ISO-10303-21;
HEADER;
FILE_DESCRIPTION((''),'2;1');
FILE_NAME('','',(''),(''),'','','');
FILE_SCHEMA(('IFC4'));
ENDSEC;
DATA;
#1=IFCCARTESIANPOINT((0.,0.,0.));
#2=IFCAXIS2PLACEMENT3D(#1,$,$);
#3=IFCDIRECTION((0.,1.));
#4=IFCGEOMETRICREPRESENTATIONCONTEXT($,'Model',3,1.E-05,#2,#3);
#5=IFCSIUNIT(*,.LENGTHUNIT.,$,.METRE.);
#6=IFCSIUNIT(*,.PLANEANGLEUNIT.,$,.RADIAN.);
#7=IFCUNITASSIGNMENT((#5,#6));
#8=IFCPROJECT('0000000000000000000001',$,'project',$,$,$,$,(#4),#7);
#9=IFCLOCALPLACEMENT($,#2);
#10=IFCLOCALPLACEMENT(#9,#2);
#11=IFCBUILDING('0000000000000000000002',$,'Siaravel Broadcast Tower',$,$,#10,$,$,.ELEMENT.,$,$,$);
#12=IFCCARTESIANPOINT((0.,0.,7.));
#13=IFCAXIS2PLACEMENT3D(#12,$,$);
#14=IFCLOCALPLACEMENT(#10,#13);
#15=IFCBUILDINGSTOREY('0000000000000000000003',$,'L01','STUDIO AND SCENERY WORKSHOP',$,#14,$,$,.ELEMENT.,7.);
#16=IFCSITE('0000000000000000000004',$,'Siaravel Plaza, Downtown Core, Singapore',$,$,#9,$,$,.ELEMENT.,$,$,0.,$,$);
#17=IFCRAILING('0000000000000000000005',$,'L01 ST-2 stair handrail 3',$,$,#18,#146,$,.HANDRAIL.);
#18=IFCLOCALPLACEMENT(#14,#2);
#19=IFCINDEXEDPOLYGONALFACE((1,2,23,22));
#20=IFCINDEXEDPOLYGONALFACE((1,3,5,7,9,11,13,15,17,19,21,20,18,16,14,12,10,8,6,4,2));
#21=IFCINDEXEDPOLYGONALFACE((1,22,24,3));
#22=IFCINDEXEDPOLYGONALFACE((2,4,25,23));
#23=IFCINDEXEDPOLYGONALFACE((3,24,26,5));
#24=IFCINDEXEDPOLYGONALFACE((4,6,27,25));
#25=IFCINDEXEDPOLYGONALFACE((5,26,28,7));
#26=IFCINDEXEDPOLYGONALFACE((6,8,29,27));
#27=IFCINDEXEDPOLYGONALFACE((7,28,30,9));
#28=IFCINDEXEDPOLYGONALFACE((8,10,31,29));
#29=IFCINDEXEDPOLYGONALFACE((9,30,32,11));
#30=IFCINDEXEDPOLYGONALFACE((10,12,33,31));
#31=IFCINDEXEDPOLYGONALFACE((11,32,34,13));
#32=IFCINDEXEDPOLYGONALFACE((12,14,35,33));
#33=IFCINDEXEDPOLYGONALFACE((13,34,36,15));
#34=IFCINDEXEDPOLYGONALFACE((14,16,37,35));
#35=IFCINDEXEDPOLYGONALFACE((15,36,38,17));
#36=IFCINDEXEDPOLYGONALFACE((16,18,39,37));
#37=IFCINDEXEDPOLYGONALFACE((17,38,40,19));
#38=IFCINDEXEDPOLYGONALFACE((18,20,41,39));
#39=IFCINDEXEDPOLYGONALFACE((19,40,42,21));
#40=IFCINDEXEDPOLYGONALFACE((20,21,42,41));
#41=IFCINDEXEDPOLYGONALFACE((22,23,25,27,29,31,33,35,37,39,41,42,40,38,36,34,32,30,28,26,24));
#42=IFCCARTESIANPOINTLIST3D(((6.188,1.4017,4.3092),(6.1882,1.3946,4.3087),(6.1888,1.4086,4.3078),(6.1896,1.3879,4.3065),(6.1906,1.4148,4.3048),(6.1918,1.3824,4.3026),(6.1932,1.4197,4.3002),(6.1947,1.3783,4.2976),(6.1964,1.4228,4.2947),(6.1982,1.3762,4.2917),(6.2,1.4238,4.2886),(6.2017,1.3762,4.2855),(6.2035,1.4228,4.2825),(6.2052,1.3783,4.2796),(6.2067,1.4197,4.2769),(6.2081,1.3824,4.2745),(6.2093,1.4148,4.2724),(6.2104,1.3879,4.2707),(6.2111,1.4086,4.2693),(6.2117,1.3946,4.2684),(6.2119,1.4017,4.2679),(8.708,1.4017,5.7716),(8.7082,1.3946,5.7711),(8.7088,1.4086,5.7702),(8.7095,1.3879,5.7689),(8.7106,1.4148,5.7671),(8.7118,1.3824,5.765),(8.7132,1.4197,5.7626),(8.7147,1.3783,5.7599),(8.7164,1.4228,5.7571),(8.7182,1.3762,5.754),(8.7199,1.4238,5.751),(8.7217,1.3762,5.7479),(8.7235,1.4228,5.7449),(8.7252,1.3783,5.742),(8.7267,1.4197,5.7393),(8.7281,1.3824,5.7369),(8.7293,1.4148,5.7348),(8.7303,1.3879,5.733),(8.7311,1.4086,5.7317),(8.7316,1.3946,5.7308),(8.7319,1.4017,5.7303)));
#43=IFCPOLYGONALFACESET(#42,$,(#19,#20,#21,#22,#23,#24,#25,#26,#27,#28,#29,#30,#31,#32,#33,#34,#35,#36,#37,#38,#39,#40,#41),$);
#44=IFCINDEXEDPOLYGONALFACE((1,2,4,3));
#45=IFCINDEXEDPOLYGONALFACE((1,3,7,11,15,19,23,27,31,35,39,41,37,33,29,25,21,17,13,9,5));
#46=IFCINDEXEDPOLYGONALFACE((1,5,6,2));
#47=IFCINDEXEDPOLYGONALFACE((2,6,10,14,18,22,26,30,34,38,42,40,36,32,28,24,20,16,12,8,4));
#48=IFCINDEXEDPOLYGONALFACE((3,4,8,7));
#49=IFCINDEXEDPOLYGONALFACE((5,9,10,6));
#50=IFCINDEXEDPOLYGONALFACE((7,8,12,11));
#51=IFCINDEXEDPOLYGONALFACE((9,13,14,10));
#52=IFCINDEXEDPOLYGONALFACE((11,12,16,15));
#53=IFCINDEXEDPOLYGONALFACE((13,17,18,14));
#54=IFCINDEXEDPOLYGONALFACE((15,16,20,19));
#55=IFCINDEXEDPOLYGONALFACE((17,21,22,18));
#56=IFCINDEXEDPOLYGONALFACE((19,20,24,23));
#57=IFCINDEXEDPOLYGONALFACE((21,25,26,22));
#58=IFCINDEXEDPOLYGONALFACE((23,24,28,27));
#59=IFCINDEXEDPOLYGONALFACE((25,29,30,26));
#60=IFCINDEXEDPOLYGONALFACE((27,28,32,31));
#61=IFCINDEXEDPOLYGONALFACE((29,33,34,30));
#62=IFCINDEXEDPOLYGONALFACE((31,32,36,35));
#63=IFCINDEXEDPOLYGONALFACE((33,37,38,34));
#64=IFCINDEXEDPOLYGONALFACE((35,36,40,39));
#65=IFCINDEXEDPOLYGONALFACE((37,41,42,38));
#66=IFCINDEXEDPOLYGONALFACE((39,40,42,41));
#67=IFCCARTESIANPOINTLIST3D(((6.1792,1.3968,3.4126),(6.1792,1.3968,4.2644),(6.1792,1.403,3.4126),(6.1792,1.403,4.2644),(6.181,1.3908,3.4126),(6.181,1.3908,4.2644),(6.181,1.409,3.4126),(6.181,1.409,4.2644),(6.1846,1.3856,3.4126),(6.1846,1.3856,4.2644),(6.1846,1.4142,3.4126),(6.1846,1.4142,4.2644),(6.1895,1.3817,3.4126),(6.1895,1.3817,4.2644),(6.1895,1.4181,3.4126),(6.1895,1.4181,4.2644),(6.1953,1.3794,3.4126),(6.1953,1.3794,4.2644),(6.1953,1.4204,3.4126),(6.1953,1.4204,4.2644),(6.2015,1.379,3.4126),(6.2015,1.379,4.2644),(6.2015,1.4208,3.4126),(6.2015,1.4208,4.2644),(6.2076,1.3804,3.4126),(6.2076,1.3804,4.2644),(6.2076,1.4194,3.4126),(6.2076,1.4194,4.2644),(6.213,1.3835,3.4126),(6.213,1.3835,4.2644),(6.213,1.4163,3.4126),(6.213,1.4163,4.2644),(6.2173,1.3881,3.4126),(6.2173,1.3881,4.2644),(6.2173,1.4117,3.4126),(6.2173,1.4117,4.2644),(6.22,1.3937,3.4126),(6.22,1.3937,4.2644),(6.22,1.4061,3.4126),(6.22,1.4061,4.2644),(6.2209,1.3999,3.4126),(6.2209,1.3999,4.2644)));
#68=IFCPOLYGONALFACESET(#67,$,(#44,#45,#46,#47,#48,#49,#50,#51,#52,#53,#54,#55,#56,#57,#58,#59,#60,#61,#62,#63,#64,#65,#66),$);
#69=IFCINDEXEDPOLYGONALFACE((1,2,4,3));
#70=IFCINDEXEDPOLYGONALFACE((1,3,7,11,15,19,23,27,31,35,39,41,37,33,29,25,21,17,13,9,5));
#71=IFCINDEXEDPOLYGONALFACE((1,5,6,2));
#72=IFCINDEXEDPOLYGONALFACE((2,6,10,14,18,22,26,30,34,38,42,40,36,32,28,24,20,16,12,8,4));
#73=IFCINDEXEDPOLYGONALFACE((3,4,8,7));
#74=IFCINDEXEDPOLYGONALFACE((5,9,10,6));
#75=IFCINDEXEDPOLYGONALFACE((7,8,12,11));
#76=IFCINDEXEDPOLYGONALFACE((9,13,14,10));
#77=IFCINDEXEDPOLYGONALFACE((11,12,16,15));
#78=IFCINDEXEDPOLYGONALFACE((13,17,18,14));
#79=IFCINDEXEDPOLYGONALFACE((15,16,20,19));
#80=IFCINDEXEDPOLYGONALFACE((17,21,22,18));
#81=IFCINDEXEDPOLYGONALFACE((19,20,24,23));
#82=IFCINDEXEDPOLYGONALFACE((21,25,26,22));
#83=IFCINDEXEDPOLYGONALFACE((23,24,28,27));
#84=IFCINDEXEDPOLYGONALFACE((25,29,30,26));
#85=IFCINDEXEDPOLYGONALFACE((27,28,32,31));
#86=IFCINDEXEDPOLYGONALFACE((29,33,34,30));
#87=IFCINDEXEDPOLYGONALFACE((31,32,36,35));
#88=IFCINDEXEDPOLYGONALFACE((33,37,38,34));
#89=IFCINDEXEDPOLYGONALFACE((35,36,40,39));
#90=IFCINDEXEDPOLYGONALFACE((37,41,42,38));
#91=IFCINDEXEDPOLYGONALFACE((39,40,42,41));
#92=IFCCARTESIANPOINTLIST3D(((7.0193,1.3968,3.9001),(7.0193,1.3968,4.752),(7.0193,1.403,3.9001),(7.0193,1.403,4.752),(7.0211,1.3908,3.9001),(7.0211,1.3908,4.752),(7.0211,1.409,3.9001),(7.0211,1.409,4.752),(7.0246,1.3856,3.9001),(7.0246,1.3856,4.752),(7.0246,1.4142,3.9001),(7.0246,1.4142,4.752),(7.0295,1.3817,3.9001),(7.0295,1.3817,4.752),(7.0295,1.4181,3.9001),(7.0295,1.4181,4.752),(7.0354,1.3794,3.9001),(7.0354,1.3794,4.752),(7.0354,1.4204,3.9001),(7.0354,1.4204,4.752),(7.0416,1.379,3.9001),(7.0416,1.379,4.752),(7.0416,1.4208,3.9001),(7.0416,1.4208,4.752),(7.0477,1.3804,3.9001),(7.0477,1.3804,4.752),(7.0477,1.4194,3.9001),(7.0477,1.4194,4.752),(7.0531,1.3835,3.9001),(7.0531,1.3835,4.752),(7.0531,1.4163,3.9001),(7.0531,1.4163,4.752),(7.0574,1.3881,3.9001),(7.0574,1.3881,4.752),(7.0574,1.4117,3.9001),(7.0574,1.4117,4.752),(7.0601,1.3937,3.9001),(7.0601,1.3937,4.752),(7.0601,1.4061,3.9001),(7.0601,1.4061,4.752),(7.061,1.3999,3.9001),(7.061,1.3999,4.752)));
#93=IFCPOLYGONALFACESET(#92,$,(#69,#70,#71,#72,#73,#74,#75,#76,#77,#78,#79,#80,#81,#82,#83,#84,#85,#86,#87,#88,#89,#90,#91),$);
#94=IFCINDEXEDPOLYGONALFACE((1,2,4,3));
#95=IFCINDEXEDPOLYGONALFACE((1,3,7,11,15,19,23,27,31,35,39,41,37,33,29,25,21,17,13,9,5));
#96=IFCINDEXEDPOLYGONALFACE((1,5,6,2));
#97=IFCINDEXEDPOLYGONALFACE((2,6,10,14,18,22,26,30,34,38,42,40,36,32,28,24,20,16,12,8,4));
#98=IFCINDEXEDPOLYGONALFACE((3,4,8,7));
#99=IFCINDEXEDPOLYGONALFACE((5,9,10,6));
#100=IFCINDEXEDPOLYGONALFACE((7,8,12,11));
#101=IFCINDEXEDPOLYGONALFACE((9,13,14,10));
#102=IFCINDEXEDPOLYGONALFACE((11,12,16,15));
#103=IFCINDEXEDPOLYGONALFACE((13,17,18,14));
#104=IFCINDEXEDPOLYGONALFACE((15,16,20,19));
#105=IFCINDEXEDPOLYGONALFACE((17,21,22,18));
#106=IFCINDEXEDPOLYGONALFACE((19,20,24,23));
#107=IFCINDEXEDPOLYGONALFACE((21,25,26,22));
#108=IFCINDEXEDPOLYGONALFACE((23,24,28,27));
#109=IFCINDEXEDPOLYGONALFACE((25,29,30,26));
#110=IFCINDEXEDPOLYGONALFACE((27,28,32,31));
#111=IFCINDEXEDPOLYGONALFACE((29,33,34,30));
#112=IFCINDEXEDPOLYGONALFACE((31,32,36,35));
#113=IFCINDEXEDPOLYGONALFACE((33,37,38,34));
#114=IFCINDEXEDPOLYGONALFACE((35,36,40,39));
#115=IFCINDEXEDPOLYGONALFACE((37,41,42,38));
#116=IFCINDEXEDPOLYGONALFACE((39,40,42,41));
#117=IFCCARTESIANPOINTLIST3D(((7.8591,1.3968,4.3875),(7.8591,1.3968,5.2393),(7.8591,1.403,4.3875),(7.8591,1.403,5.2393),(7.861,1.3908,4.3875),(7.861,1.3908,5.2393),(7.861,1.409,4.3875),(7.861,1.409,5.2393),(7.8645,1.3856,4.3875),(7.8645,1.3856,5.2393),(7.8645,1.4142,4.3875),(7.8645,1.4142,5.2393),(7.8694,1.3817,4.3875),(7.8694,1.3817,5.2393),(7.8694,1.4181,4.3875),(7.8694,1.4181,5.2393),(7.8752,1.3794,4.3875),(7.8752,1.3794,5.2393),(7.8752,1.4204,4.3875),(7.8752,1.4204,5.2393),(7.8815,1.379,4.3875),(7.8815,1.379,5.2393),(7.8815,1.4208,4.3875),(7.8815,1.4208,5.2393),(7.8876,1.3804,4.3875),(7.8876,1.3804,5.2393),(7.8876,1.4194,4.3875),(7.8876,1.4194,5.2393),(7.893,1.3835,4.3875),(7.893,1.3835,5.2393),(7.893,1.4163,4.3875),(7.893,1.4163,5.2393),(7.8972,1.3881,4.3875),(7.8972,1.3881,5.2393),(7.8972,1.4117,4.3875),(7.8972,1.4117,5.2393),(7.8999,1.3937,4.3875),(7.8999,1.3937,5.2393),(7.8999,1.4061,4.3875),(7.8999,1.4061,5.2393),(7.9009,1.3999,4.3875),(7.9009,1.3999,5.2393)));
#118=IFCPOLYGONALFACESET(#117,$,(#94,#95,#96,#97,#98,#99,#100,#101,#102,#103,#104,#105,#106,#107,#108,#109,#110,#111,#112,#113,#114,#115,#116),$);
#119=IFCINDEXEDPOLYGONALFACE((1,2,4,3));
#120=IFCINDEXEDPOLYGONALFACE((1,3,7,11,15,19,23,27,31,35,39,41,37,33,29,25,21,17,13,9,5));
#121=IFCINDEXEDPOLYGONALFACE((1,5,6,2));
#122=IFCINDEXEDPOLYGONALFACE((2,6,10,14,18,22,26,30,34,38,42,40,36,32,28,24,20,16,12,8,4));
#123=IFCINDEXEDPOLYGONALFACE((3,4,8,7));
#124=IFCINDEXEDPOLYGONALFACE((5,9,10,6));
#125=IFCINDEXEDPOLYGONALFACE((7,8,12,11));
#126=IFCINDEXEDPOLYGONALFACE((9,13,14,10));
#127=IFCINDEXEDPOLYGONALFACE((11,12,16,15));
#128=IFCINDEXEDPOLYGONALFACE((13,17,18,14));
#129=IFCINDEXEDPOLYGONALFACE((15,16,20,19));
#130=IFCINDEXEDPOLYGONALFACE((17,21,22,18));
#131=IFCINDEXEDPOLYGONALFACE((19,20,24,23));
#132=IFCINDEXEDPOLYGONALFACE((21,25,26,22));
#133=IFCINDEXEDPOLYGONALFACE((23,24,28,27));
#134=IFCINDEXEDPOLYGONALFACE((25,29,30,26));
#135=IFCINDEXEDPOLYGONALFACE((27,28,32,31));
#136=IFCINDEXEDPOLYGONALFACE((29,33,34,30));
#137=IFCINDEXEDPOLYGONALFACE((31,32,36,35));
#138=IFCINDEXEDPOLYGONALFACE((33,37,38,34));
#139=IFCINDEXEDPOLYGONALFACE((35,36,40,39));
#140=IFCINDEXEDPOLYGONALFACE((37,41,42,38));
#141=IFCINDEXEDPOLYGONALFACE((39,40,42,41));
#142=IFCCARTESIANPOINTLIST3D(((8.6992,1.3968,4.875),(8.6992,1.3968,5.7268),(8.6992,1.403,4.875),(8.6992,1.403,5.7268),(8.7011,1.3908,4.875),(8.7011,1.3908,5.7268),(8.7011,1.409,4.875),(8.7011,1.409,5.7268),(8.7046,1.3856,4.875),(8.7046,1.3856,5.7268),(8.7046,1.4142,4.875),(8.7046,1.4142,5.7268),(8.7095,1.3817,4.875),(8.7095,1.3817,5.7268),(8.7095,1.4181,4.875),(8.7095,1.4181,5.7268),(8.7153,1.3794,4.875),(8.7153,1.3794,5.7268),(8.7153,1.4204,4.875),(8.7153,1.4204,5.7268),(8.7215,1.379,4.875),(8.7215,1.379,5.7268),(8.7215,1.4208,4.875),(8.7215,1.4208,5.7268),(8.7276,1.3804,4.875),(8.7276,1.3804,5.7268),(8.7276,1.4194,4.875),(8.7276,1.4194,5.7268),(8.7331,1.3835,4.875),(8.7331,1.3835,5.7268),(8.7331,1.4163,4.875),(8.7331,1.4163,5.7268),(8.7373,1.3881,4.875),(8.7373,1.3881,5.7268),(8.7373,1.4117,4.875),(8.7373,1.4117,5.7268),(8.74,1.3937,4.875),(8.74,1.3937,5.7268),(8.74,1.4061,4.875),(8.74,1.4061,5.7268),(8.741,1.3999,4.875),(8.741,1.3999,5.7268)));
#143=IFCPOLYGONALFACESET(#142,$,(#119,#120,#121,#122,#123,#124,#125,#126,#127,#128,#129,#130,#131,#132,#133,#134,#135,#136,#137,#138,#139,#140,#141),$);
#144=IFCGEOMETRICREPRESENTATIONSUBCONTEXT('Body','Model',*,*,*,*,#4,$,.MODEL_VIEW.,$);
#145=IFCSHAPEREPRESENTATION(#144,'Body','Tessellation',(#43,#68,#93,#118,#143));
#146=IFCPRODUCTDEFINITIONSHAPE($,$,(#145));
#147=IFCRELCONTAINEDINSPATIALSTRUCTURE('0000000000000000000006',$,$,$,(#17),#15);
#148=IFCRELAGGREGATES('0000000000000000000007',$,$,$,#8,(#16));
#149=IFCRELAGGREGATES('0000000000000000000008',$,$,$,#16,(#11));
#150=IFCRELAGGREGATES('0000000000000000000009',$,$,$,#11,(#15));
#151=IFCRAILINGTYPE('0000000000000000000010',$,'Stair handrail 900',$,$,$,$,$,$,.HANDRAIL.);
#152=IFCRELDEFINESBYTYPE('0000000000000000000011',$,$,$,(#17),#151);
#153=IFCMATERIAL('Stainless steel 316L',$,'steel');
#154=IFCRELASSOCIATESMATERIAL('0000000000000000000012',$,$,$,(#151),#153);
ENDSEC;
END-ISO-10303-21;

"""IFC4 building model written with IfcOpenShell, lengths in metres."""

from ifc_helpers import new_model, si_unit, direction, frame, origin, origin_2d, place, context, subcontext, project, spatial, circle, extrude, material, type_object, element, save


model = new_model("IFC4")

# Units and contexts
model_context = context("Model", 3, precision=1e-05, world=origin(), true_north=direction((0.0, 1.0)))
body_context = subcontext(model_context, "Body", "Model", "MODEL_VIEW")
ifc_project = project(units=[si_unit("LENGTHUNIT", "METRE"), si_unit("PLANEANGLEUNIT", "RADIAN")], contexts=[model_context])

# Site, building, storey
site_placement = place(None, origin())
site = spatial("IfcSite", under=ifc_project, at=site_placement, Name="Siaravel Plaza, Downtown Core, Singapore", CompositionType="ELEMENT", RefElevation=0.0)
building_placement = place(site_placement, origin())
building = spatial("IfcBuilding", under=site, at=building_placement, Name="Siaravel Broadcast Tower", CompositionType="ELEMENT")
storey_placement = place(building_placement, frame((0.0, 0.0, 7.0)))
storey = spatial("IfcBuildingStorey", under=building, at=storey_placement, Name="L01", Description="STUDIO AND SCENERY WORKSHOP", CompositionType="ELEMENT", Elevation=7.0)

# Railing
ifc_material_1 = material(Name="Stainless steel 316L", Category="steel")
railing_type_1 = type_object("IfcRailingType", Name="Stair handrail 900", PredefinedType="HANDRAIL", material=ifc_material_1)
railing_1_placement = place(storey_placement, frame((6.2, 1.3999, 3.4126)))
element("IfcRailing", 1, at=railing_1_placement, inside=storey, type_object=railing_type_1, Name="L01 ST-2 stair handrail 3", PredefinedType="HANDRAIL", context=body_context, shape_type="SweptSolid", body=[
    extrude(circle(Radius=0.0239, at=origin_2d()), frame((0.0, 0.0, 0.876), z_axis=(0.864913, 0.0, 0.501921), x_axis=(0.0, 1.0, 0.0)), (0.0, 0.0, 1.0), 2.9136),
    extrude(circle(Radius=0.021, at=origin_2d()), origin(), (0.0, 0.0, 1.0), 0.8518),
    extrude(circle(Radius=0.021, at=origin_2d()), frame((0.8401, 0.0, 0.4875)), (0.0, 0.0, 1.0), 0.8518),
    extrude(circle(Radius=0.021, at=origin_2d()), frame((1.6799, 0.0, 0.9749)), (0.0, 0.0, 1.0), 0.8518),
    extrude(circle(Radius=0.021, at=origin_2d()), frame((2.52, 0.0, 1.4624)), (0.0, 0.0, 1.0), 0.8518),
])

save(model, "model.ifc")
